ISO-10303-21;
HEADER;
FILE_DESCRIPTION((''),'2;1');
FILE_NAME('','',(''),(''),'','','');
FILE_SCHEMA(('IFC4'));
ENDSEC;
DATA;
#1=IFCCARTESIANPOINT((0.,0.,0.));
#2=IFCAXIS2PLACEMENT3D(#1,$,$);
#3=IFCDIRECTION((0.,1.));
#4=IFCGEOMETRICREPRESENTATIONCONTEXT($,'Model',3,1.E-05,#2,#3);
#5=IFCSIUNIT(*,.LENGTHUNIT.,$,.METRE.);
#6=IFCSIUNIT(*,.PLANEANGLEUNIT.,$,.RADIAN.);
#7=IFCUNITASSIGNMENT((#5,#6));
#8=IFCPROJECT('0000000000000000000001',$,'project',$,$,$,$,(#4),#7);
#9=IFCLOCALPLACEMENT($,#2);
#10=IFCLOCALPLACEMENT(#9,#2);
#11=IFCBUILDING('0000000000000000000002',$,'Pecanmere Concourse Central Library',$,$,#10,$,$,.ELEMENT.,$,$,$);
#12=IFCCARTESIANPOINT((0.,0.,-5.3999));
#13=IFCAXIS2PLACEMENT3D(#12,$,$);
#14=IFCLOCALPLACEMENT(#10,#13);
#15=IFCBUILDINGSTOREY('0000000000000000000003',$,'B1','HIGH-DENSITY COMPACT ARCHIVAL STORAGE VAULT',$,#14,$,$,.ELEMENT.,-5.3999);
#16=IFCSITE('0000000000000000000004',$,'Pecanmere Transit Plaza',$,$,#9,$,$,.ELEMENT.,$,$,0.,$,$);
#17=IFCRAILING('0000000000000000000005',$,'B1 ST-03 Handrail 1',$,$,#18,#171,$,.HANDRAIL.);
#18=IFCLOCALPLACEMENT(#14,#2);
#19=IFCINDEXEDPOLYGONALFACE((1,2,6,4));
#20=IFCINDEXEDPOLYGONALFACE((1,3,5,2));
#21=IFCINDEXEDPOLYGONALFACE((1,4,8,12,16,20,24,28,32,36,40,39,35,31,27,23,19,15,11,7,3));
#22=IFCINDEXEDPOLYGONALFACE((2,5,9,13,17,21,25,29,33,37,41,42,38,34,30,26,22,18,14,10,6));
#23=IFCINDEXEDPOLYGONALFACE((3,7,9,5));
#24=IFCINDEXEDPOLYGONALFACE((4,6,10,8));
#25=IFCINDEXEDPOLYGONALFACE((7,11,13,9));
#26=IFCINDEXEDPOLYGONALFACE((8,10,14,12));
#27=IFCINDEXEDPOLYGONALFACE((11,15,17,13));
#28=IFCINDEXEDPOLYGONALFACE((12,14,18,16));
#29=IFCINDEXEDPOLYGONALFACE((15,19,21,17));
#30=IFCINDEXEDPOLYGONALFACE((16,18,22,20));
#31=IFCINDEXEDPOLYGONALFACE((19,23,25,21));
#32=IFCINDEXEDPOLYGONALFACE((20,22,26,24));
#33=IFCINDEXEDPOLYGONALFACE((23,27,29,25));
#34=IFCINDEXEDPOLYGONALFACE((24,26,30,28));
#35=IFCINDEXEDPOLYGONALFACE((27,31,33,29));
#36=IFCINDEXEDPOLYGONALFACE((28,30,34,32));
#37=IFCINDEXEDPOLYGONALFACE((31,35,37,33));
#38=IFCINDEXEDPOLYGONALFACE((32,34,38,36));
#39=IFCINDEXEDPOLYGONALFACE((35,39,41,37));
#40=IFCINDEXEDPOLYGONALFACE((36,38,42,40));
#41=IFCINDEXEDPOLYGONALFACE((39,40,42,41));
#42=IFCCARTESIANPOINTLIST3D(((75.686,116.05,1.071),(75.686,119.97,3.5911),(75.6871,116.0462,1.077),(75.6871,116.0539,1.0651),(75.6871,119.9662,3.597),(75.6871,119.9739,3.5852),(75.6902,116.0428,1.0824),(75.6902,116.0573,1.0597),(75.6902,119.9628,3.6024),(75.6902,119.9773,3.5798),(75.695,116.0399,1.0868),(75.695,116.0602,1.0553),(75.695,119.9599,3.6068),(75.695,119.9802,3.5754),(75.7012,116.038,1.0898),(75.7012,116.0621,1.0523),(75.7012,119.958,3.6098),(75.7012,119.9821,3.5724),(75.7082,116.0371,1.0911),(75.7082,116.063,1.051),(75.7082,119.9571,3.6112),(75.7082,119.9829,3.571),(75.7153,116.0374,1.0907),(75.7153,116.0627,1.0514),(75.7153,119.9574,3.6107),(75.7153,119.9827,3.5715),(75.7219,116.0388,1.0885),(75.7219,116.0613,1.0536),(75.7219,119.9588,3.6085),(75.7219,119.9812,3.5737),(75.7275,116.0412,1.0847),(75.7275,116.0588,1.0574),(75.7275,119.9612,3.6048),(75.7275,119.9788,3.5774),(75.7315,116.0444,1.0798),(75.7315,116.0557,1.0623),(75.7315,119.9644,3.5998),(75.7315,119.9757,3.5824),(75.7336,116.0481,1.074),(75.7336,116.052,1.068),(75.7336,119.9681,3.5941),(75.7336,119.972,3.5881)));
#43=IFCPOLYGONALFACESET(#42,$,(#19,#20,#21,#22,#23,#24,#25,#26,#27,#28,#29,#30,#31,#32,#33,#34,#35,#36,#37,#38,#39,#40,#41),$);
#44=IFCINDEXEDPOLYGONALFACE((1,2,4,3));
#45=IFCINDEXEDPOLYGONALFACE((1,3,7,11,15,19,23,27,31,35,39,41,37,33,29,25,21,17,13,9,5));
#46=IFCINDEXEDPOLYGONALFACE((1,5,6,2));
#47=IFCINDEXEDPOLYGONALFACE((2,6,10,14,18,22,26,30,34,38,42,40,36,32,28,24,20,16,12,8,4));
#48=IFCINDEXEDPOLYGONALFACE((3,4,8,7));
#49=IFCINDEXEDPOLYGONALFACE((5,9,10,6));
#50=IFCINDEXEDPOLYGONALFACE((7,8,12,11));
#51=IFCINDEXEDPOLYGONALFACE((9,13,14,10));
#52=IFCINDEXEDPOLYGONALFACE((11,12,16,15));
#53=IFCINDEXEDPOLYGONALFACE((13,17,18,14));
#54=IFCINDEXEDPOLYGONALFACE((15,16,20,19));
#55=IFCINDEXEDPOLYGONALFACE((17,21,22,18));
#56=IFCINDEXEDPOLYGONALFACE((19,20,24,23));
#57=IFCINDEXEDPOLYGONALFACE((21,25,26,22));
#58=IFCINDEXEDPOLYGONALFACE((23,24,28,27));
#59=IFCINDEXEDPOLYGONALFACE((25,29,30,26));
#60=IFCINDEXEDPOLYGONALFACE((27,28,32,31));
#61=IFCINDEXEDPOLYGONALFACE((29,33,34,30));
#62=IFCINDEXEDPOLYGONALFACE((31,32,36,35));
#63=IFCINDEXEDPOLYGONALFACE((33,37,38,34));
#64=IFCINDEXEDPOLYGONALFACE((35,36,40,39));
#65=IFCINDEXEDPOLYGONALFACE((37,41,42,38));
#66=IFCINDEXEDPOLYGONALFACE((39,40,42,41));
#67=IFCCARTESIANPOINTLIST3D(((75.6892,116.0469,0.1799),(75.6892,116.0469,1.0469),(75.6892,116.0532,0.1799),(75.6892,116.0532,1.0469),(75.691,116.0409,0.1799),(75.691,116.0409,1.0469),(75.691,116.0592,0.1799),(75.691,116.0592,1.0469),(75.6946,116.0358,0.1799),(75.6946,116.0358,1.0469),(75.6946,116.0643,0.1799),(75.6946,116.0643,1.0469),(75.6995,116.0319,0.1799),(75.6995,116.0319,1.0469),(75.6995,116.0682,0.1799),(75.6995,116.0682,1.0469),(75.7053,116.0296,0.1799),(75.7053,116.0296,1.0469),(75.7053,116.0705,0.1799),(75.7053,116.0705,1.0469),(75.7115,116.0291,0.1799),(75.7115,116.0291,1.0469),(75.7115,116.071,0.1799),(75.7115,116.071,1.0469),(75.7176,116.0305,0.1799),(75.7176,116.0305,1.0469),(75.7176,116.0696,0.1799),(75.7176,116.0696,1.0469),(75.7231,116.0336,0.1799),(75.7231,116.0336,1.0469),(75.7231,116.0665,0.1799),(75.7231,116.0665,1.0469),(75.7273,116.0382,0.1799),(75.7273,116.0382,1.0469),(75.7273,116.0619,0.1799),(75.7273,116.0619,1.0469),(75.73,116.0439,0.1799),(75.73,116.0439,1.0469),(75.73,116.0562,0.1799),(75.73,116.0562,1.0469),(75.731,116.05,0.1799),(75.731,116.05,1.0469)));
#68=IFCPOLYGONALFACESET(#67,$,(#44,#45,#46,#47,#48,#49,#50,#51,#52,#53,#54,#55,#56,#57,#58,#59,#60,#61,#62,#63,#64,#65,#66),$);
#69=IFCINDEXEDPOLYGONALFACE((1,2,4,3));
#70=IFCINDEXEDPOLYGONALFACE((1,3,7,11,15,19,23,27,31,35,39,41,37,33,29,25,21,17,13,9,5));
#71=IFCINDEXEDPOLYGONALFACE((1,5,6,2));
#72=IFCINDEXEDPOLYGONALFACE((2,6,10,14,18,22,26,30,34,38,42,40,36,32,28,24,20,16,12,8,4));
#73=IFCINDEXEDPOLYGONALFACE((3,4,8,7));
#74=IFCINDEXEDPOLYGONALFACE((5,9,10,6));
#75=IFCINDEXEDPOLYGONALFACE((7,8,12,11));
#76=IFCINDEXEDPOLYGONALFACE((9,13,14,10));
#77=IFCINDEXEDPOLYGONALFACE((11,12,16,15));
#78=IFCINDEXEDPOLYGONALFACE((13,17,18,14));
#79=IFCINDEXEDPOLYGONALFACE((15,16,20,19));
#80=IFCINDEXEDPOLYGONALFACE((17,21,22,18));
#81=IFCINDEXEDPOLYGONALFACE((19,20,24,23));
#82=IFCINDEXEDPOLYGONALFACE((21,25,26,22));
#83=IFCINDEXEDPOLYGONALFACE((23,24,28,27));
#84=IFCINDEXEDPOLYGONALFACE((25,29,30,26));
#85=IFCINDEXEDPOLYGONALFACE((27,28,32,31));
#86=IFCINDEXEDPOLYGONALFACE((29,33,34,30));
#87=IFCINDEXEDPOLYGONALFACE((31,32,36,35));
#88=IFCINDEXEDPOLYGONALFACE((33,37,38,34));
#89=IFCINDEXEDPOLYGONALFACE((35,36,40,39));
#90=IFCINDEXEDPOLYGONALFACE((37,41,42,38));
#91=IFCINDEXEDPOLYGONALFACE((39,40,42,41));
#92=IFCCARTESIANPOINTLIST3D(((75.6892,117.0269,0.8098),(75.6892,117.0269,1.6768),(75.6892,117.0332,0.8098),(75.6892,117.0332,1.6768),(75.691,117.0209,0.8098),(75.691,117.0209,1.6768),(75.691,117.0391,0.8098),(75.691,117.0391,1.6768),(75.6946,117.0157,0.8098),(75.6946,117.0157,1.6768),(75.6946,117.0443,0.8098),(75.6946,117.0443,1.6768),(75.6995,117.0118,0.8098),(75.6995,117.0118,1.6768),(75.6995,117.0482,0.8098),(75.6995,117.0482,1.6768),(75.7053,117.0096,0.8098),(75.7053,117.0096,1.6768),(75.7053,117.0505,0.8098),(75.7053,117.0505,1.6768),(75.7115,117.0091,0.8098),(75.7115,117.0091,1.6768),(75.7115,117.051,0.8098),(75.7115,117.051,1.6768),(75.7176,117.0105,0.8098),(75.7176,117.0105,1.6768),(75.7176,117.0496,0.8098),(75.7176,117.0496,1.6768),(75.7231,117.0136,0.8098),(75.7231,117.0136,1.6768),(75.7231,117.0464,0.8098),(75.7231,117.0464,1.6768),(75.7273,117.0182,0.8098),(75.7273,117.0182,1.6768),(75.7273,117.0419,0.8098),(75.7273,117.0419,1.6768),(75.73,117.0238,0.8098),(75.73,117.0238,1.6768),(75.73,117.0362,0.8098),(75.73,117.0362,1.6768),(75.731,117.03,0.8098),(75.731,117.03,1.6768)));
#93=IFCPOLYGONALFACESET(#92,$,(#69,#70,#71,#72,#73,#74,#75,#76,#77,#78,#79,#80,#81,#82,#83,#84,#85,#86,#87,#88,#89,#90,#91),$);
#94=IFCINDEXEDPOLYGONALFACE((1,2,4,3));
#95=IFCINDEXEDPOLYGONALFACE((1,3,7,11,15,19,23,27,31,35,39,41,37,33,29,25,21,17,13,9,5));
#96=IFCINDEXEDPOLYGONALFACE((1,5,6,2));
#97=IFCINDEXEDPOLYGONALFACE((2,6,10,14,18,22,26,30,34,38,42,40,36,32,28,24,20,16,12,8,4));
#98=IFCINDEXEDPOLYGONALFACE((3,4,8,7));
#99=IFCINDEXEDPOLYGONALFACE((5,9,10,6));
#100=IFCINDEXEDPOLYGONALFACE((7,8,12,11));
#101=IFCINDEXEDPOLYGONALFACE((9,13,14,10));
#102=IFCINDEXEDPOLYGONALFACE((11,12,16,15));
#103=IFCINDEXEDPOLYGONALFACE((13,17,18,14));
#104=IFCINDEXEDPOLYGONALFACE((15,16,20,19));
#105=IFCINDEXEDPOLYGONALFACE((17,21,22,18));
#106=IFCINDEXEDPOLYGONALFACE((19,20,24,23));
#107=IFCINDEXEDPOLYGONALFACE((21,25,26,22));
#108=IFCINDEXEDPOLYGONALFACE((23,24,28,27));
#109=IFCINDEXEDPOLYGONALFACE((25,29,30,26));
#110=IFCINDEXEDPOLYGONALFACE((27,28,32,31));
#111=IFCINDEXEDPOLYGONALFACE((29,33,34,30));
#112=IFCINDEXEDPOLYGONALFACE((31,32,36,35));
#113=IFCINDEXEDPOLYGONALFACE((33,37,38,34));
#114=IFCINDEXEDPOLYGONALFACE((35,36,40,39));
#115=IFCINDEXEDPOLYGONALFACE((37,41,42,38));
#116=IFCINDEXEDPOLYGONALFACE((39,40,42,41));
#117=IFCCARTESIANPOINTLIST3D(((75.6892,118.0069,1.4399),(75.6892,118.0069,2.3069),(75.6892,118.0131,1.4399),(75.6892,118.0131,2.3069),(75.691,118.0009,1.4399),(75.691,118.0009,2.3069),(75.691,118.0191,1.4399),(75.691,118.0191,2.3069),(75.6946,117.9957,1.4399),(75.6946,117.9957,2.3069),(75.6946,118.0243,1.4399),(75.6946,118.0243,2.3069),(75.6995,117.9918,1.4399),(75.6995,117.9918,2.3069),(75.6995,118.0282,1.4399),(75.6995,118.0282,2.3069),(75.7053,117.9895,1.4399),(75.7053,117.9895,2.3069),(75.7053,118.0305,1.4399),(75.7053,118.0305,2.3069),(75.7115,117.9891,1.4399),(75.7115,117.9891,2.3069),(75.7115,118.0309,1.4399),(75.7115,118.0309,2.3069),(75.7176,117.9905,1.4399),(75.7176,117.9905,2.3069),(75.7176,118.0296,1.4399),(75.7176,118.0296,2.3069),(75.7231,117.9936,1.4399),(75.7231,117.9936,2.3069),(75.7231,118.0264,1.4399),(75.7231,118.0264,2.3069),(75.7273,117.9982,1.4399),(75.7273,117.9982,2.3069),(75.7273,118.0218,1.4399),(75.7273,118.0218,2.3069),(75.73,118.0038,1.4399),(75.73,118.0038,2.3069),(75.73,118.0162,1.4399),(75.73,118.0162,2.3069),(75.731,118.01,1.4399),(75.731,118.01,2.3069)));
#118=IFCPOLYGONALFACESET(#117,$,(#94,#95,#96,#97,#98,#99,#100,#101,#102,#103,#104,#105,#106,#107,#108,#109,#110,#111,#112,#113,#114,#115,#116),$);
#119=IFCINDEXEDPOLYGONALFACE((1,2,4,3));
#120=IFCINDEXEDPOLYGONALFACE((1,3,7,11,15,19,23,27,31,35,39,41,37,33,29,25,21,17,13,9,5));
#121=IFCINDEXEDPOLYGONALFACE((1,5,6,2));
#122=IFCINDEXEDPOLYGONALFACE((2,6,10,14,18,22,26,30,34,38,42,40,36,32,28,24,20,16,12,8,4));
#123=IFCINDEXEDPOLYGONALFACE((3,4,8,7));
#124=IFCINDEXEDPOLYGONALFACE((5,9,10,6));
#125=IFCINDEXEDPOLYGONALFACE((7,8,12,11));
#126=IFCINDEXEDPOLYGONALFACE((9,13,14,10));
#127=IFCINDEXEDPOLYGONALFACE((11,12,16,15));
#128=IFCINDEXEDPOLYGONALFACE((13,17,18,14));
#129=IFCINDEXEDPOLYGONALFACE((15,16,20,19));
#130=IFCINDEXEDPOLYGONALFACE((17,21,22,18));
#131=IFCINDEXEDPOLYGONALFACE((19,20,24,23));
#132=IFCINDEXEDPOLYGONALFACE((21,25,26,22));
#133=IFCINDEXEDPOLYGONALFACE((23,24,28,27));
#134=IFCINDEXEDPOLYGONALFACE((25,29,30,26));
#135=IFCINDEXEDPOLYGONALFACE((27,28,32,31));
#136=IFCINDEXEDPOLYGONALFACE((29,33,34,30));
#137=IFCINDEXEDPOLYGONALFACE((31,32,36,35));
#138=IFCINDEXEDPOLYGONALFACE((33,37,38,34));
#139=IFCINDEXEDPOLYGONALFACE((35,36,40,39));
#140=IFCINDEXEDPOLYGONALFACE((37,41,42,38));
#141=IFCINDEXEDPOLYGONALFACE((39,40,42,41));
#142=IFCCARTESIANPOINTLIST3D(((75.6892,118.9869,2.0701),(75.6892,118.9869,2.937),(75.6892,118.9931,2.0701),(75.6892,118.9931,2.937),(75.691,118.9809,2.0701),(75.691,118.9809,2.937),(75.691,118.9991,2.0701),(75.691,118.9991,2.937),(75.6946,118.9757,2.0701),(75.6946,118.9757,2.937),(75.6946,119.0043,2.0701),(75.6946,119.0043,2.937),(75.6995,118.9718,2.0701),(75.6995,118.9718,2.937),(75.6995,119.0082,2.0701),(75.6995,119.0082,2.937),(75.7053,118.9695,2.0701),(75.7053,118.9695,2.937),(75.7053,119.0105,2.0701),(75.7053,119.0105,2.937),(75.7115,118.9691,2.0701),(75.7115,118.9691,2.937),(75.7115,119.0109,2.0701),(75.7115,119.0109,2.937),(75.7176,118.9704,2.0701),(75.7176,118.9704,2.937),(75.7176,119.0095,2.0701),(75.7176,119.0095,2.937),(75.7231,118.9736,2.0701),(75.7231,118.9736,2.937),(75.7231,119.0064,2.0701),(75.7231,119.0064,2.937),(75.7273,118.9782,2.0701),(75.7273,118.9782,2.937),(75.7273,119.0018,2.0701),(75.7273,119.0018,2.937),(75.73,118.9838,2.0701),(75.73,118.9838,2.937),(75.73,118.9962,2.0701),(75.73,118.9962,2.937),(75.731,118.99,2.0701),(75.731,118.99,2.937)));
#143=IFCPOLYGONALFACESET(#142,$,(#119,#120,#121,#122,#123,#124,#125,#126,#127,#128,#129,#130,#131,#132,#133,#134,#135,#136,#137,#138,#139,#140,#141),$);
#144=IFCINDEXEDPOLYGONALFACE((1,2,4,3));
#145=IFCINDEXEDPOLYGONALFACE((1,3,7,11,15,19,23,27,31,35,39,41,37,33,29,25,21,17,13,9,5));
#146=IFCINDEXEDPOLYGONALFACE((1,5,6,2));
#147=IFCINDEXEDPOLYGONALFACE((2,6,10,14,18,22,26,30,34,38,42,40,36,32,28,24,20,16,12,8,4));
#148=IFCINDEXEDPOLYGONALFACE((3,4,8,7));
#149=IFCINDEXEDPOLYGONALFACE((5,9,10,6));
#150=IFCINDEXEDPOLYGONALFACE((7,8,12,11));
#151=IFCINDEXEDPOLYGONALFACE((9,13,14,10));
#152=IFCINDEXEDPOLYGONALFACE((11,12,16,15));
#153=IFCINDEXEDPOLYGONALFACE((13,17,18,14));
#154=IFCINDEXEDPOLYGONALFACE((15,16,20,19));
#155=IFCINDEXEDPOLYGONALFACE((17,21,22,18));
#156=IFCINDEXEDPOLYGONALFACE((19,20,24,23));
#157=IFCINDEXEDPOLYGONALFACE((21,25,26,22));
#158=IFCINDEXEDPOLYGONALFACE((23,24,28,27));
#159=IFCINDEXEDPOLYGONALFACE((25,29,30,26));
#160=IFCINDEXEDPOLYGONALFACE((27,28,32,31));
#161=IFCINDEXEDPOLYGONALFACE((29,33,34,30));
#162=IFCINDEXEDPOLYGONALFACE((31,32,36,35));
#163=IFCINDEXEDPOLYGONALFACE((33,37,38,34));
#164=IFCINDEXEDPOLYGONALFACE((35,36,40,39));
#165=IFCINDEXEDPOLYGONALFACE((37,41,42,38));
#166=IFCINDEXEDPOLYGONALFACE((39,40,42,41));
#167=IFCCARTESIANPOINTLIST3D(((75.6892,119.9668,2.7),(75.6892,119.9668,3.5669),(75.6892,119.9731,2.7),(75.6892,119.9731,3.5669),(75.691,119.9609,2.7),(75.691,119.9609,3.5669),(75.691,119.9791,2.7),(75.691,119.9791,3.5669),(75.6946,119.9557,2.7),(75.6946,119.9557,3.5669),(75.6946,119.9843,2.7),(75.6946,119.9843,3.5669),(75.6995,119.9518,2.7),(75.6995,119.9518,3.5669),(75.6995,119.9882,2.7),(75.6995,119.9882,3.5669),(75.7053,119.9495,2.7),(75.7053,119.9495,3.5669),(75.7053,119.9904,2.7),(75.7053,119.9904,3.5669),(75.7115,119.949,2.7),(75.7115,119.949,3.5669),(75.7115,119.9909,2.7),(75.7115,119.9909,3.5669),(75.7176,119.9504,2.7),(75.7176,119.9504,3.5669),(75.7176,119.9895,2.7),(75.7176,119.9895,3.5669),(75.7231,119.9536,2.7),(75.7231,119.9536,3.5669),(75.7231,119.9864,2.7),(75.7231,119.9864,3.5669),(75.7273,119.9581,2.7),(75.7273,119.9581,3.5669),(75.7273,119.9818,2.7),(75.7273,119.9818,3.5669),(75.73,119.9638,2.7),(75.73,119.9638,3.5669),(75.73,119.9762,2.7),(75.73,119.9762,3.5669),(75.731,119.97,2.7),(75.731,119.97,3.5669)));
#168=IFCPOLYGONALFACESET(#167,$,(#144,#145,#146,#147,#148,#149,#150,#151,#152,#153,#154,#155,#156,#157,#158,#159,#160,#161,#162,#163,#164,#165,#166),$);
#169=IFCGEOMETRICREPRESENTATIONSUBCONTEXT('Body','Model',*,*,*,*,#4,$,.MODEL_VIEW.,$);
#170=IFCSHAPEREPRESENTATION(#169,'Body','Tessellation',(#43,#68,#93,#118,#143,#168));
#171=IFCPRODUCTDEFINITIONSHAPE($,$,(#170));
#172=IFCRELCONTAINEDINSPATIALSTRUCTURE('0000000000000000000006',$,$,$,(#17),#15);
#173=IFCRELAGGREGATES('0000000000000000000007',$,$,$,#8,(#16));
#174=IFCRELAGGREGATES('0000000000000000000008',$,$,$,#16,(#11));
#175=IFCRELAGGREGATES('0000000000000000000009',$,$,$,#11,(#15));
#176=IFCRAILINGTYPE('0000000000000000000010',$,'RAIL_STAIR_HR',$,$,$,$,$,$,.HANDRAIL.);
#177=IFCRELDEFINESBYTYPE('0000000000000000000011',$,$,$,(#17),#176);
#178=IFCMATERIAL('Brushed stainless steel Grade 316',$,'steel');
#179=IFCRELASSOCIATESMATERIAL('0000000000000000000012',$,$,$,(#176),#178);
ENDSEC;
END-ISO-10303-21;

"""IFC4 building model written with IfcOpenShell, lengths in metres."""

from ifc_helpers import new_model, si_unit, direction, frame, origin, origin_2d, place, context, subcontext, project, spatial, circle, extrude, material, type_object, element, save


model = new_model("IFC4")

# Units and contexts
model_context = context("Model", 3, precision=1e-05, world=origin(), true_north=direction((0.0, 1.0)))
body_context = subcontext(model_context, "Body", "Model", "MODEL_VIEW")
ifc_project = project(units=[si_unit("LENGTHUNIT", "METRE"), si_unit("PLANEANGLEUNIT", "RADIAN")], contexts=[model_context])

# Site, building, storey
site_placement = place(None, origin())
site = spatial("IfcSite", under=ifc_project, at=site_placement, Name="Pecanmere Transit Plaza", CompositionType="ELEMENT", RefElevation=0.0)
building_placement = place(site_placement, origin())
building = spatial("IfcBuilding", under=site, at=building_placement, Name="Pecanmere Concourse Central Library", CompositionType="ELEMENT")
storey_placement = place(building_placement, frame((0.0, 0.0, -5.3999)))
storey = spatial("IfcBuildingStorey", under=building, at=storey_placement, Name="B1", Description="HIGH-DENSITY COMPACT ARCHIVAL STORAGE VAULT", CompositionType="ELEMENT", Elevation=-5.3999)

# Railing
ifc_material_1 = material(Name="Brushed stainless steel Grade 316", Category="steel")
railing_type_1 = type_object("IfcRailingType", Name="RAIL_STAIR_HR", PredefinedType="HANDRAIL", material=ifc_material_1)
railing_1_placement = place(storey_placement, frame((75.71, 116.05, 0.1799)))
element("IfcRailing", 1, at=railing_1_placement, inside=storey, type_object=railing_type_1, Name="B1 ST-03 Handrail 1", PredefinedType="HANDRAIL", context=body_context, shape_type="SweptSolid", body=[
    extrude(circle(Radius=0.0239, at=origin_2d()), frame((0.0, 0.0, 0.8911), z_axis=(0.0, 0.841172, 0.540768), x_axis=(-1.0, 0.0, 0.0)), (0.0, 0.0, 1.0), 4.6602),
    extrude(circle(Radius=0.021, at=origin_2d()), origin(), (0.0, 0.0, 1.0), 0.8669),
    extrude(circle(Radius=0.021, at=origin_2d()), frame((0.0, 0.98, 0.6299)), (0.0, 0.0, 1.0), 0.8669),
    extrude(circle(Radius=0.021, at=origin_2d()), frame((0.0, 1.96, 1.26)), (0.0, 0.0, 1.0), 0.8669),
    extrude(circle(Radius=0.021, at=origin_2d()), frame((0.0, 2.9399, 1.8901)), (0.0, 0.0, 1.0), 0.8669),
    extrude(circle(Radius=0.021, at=origin_2d()), frame((0.0, 3.9199, 2.52)), (0.0, 0.0, 1.0), 0.8669),
])

save(model, "model.ifc")
